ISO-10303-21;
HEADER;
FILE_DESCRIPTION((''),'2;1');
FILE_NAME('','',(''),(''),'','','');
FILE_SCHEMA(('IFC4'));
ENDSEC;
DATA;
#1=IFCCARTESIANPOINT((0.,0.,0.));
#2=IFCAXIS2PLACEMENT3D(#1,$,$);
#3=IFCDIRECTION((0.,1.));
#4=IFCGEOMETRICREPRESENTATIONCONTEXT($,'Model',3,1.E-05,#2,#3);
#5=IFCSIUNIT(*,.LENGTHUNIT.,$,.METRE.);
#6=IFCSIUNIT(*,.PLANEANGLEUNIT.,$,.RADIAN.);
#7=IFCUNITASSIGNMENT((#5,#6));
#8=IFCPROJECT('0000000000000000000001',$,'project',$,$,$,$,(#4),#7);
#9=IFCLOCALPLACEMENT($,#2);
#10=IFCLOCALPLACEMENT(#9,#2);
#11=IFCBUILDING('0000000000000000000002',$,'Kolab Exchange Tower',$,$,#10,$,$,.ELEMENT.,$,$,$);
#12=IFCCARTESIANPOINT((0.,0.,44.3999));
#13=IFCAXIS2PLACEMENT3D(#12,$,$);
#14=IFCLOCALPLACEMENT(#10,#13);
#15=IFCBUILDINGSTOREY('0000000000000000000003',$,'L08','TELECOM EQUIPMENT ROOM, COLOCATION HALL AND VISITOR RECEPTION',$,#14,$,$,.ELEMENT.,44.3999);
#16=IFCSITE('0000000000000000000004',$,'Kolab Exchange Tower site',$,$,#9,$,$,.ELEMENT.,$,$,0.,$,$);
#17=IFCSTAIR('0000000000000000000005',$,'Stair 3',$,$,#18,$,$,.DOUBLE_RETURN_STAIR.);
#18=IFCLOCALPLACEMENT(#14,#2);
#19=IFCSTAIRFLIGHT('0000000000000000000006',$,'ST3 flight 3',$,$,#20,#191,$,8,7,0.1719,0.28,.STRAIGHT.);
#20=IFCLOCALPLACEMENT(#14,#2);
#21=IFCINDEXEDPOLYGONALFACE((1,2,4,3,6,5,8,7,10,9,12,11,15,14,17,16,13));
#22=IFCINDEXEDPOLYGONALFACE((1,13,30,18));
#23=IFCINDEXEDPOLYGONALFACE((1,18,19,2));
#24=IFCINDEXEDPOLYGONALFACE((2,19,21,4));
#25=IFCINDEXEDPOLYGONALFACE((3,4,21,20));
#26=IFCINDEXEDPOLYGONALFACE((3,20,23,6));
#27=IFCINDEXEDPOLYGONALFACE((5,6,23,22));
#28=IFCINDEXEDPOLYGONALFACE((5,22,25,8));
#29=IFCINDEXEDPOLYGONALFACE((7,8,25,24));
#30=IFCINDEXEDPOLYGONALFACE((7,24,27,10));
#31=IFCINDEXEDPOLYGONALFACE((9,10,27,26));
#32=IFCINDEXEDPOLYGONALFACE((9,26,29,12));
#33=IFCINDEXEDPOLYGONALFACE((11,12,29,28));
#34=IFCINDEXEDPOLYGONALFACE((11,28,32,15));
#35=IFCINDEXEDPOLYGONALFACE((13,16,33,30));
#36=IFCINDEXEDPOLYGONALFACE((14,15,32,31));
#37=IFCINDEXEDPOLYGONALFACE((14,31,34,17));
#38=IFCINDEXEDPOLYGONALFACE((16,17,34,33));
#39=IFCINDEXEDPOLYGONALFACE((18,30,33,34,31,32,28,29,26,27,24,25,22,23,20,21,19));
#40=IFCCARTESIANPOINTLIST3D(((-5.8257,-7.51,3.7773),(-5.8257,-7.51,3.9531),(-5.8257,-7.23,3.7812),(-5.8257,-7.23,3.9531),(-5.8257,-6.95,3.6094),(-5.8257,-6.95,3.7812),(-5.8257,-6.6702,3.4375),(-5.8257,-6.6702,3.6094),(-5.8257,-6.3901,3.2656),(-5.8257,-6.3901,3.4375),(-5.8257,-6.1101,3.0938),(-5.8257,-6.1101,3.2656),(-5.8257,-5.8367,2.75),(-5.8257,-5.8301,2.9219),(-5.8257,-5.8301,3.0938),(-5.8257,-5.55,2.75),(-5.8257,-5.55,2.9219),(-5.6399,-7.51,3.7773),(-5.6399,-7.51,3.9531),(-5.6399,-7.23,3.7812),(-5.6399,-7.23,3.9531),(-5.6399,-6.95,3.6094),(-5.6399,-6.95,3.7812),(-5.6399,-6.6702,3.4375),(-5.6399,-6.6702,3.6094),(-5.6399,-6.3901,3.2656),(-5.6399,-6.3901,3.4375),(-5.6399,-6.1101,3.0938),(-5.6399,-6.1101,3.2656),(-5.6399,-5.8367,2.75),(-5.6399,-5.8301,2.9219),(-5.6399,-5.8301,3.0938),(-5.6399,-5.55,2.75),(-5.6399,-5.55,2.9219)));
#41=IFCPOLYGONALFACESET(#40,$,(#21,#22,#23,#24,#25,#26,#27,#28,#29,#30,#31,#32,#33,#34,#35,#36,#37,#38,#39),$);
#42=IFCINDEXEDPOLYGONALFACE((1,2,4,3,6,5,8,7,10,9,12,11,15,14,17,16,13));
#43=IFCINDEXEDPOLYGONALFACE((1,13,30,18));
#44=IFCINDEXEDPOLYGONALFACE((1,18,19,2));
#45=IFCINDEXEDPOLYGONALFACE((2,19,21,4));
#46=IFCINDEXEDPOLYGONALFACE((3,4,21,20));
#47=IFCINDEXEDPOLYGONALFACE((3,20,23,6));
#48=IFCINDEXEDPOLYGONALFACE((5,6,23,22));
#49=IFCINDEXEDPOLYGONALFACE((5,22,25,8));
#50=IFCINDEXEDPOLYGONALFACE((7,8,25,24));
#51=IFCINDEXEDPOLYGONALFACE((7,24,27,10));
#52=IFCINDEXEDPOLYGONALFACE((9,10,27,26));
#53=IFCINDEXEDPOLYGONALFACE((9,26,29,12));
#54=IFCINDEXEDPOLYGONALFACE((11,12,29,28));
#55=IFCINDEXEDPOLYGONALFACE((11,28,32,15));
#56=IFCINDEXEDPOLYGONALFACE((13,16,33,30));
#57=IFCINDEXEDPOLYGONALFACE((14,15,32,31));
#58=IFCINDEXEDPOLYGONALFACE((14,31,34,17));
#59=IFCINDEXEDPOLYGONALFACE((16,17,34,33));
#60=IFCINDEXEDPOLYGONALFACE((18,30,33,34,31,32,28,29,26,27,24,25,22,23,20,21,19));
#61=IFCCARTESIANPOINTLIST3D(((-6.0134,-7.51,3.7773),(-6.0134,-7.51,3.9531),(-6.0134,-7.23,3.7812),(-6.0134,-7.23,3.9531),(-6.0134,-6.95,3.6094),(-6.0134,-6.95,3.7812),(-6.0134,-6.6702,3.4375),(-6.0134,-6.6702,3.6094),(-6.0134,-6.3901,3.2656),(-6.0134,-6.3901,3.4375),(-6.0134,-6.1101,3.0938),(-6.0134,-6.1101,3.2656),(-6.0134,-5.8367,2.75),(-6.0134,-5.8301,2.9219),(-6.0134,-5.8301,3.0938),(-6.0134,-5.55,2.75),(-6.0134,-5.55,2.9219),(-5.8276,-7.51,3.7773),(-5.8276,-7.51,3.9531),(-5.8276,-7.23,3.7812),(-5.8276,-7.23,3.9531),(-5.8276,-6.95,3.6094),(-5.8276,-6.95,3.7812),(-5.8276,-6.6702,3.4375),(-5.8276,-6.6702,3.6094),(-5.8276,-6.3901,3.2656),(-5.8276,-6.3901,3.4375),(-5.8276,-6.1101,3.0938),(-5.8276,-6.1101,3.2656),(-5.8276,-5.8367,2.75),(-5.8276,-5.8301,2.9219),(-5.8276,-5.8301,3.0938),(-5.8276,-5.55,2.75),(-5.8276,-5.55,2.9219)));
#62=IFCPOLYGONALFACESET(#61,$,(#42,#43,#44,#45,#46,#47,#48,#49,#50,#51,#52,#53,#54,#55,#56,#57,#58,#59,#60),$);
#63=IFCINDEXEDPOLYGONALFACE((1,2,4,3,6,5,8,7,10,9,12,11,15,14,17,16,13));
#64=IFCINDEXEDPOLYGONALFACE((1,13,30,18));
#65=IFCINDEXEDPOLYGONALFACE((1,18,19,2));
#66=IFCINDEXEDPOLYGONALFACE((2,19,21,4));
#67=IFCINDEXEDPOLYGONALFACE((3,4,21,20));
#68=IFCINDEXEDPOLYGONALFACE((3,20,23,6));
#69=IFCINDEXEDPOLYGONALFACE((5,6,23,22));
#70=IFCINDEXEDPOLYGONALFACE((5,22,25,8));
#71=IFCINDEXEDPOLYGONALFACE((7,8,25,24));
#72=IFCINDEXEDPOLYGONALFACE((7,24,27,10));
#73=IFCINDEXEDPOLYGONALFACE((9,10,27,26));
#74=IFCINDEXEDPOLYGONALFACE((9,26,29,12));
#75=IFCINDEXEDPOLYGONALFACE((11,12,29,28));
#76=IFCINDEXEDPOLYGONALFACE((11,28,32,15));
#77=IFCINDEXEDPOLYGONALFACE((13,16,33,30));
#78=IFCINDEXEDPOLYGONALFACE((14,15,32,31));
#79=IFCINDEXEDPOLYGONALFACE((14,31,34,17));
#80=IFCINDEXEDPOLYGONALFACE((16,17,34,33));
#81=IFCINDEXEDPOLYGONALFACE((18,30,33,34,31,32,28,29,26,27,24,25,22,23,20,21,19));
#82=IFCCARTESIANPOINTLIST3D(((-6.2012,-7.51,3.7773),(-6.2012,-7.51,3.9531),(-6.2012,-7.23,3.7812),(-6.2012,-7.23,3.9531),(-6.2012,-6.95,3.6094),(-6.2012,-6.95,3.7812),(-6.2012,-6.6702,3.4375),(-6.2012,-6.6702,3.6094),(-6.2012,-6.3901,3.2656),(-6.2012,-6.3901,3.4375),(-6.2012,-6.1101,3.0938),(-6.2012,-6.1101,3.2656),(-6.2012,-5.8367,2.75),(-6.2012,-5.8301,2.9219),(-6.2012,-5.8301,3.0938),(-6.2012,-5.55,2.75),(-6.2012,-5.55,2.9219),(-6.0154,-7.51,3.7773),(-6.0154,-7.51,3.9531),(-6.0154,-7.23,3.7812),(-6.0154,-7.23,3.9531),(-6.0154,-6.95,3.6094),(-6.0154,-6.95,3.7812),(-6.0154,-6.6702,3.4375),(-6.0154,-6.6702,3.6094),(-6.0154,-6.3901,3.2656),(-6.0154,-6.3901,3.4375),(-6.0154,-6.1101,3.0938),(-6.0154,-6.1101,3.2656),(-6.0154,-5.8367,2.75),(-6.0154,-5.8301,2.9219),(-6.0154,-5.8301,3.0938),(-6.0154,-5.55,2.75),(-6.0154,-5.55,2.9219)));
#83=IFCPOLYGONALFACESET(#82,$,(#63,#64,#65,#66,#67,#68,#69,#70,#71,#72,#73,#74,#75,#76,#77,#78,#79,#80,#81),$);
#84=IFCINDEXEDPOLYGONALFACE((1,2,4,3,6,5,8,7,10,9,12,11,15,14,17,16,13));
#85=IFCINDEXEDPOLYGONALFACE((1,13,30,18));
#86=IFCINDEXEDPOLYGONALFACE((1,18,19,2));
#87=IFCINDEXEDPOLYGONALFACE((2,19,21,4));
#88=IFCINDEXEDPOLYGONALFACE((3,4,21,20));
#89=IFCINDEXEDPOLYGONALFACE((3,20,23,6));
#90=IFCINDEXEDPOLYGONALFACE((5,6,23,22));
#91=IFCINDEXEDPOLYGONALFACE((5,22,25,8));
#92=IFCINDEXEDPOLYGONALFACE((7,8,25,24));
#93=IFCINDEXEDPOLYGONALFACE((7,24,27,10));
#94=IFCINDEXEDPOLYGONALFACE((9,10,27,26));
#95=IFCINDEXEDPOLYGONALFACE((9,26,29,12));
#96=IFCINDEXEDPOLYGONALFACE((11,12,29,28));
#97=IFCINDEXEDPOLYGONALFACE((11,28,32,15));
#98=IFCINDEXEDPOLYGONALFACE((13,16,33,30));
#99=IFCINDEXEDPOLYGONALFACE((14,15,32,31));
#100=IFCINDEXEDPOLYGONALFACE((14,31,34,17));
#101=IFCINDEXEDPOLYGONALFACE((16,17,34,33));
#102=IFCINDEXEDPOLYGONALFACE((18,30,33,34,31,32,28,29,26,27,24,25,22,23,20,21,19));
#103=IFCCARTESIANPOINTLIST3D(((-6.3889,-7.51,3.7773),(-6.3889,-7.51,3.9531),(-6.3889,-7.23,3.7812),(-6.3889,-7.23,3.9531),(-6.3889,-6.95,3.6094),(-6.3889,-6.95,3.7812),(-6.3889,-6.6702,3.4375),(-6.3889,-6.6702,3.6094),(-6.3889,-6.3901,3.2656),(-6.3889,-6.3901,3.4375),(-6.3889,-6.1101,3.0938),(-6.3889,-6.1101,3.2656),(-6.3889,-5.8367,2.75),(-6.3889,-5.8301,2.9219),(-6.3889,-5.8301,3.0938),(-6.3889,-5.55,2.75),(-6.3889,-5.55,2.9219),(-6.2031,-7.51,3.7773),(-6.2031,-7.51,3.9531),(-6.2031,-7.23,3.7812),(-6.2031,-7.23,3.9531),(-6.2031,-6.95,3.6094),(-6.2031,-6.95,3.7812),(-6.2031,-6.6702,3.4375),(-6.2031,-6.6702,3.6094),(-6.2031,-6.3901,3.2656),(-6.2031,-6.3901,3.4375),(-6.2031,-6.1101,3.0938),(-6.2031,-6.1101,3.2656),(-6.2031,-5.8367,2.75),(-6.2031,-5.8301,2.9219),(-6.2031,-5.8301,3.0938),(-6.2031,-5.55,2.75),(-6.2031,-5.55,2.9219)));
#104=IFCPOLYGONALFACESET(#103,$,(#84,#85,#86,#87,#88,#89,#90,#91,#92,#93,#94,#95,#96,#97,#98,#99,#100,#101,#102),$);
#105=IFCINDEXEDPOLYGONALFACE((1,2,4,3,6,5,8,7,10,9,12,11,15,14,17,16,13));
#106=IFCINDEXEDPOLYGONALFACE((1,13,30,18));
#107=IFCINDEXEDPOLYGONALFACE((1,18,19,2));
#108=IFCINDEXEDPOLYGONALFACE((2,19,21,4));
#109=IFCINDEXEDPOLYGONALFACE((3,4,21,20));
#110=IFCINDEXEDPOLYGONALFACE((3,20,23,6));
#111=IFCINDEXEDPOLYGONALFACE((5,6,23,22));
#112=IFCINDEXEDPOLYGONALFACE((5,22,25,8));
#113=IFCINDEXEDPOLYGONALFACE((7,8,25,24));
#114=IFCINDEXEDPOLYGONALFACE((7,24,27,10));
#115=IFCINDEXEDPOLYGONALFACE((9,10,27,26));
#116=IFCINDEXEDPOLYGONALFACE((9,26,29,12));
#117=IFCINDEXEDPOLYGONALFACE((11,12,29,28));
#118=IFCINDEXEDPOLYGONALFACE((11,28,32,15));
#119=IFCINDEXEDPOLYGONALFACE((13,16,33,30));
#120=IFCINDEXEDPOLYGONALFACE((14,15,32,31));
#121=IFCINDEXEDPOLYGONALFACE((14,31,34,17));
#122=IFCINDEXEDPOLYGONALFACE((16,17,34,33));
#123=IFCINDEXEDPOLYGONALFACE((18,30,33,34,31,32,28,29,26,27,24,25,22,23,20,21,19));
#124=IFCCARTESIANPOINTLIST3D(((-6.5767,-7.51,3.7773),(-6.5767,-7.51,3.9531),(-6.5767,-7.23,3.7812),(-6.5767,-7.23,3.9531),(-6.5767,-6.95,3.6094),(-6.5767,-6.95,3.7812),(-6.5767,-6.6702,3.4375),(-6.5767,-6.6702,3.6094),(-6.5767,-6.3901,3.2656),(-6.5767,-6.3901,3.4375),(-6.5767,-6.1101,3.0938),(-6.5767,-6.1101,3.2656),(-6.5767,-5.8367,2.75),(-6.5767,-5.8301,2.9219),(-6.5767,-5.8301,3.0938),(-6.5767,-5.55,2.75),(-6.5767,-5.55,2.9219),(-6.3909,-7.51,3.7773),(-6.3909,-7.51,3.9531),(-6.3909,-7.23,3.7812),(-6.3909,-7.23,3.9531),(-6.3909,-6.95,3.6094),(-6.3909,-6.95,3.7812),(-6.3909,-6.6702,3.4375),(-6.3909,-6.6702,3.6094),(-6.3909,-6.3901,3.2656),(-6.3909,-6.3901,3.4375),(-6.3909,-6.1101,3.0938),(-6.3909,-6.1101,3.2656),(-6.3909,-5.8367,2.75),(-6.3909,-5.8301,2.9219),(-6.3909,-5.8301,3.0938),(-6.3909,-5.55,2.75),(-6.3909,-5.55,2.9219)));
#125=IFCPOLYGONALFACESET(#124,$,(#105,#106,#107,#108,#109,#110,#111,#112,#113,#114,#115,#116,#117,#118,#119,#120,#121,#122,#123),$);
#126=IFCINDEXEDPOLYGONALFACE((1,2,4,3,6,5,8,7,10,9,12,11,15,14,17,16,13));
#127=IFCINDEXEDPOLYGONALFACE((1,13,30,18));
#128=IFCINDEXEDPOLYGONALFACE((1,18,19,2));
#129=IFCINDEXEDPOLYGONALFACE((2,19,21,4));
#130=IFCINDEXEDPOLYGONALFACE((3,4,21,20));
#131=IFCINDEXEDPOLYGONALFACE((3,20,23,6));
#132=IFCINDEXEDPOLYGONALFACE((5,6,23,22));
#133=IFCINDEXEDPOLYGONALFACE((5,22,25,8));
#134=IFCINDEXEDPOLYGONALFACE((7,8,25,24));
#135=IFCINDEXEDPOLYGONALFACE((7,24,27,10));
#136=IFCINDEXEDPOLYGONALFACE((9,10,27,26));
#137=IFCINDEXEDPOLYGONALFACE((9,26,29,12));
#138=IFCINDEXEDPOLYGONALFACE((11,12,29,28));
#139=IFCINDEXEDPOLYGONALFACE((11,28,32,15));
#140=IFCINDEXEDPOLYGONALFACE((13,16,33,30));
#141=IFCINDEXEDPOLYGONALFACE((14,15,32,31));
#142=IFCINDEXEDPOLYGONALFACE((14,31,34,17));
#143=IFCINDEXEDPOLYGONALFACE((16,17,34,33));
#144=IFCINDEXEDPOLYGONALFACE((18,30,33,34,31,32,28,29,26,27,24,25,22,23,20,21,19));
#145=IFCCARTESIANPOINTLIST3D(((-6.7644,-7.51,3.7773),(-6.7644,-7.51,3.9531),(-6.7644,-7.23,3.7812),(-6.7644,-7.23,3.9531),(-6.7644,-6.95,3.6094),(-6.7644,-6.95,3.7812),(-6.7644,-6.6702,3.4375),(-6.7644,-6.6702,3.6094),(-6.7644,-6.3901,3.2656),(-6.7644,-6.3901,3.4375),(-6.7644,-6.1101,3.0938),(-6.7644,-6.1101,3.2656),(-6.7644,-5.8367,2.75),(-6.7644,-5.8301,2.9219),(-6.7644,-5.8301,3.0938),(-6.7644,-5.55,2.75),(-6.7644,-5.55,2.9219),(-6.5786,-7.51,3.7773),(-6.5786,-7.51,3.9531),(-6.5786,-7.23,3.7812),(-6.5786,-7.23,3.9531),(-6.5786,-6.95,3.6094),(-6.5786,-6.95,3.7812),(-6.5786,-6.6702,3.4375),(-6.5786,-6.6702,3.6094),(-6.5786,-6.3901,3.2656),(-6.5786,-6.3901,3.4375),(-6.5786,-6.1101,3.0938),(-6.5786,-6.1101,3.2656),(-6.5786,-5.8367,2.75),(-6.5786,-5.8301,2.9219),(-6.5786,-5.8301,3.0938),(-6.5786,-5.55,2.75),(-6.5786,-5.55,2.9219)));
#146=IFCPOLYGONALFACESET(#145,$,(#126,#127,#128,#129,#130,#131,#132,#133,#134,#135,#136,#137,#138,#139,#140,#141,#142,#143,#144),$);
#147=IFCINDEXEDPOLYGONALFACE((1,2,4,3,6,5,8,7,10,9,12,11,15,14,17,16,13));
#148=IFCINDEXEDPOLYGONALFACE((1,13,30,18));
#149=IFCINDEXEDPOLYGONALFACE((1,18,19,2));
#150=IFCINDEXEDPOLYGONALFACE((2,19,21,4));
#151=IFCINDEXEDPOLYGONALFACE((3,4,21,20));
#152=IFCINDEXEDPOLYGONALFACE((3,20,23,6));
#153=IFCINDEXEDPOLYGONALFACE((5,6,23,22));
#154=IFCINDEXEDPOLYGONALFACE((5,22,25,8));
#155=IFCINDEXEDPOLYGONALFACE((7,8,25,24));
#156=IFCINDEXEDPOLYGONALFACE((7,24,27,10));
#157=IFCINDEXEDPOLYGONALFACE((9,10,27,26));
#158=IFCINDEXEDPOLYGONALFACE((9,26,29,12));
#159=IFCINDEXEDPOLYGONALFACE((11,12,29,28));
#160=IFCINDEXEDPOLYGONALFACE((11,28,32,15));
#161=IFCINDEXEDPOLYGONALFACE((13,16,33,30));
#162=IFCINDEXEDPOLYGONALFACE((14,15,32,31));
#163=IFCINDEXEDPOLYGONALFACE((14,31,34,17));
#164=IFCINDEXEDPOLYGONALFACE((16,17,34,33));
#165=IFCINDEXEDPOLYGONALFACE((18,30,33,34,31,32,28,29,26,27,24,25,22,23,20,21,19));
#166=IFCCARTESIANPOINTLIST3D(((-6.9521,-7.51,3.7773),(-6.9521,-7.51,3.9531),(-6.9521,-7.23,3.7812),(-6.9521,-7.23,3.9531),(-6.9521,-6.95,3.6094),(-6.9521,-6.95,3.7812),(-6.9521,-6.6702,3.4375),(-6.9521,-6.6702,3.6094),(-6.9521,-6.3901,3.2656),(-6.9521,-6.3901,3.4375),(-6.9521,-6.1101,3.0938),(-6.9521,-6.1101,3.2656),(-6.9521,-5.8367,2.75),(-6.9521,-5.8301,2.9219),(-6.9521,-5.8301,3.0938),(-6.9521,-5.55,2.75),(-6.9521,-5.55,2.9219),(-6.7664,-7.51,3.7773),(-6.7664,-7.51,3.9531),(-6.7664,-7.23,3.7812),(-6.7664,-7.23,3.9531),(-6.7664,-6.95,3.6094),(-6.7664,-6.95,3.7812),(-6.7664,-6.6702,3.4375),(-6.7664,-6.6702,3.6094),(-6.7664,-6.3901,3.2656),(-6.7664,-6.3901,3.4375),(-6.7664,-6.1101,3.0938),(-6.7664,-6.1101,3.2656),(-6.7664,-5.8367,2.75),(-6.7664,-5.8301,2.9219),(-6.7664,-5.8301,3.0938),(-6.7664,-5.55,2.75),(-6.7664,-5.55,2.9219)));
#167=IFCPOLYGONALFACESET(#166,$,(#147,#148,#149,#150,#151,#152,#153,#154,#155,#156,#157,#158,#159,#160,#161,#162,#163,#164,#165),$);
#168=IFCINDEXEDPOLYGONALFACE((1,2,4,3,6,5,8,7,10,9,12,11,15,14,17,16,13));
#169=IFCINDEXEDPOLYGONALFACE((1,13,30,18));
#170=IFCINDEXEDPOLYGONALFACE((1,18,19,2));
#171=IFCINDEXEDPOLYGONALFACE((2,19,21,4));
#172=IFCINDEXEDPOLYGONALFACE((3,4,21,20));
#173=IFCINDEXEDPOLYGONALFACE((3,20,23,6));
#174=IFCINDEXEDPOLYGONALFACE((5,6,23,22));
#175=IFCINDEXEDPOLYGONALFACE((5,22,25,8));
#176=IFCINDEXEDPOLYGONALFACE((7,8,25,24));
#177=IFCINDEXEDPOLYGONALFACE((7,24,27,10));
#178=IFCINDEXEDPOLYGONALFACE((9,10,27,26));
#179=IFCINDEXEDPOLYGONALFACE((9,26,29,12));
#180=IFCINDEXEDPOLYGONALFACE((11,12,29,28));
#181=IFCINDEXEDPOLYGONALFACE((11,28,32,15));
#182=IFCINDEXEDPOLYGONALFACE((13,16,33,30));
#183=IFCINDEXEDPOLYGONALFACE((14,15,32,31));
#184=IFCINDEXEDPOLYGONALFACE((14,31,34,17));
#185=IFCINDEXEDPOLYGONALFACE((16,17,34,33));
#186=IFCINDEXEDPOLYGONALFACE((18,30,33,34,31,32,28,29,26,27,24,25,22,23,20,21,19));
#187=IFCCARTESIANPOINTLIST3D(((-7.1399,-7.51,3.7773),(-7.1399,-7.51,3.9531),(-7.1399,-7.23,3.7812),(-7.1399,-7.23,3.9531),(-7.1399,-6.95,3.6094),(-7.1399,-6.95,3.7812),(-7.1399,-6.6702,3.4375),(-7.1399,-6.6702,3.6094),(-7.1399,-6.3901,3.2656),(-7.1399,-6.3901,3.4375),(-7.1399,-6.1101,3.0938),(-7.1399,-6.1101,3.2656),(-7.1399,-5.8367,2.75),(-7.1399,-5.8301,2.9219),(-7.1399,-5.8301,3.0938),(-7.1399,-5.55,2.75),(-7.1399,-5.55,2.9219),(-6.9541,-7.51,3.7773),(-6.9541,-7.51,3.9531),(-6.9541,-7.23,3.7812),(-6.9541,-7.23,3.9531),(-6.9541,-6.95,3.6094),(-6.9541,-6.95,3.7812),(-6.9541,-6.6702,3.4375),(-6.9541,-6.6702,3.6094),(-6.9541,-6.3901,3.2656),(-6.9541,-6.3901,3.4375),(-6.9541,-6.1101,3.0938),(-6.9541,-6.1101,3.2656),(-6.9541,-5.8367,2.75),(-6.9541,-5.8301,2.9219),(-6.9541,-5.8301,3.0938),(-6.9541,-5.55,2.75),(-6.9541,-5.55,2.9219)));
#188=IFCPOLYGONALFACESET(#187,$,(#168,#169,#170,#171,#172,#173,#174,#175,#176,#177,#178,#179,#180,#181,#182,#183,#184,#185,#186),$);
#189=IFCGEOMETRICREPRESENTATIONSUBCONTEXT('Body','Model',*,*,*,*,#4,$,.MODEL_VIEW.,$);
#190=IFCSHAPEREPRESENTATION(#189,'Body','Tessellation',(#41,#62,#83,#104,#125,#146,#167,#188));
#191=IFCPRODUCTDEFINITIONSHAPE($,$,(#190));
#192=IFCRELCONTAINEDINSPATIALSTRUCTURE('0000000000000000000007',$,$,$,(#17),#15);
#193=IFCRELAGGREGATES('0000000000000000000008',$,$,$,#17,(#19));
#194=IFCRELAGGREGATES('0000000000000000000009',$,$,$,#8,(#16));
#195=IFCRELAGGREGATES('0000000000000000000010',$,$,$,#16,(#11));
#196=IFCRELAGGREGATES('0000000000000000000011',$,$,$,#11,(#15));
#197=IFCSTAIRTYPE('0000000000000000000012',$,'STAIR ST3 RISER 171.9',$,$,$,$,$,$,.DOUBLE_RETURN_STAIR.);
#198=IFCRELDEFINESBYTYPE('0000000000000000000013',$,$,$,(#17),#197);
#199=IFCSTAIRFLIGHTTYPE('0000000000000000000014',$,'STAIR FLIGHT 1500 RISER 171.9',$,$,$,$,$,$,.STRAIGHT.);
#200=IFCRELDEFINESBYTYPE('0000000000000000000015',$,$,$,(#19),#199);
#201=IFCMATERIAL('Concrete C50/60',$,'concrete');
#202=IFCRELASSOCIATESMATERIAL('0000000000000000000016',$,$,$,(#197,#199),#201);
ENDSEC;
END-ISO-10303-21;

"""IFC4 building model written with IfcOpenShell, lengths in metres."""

from ifc_helpers import new_model, si_unit, direction, frame, origin, place, context, subcontext, project, spatial, polyline, outline, extrude, material, type_object, element, aggregate, save


model = new_model("IFC4")

# Units and contexts
model_context = context("Model", 3, precision=1e-05, world=origin(), true_north=direction((0.0, 1.0)))
body_context = subcontext(model_context, "Body", "Model", "MODEL_VIEW")
ifc_project = project(units=[si_unit("LENGTHUNIT", "METRE"), si_unit("PLANEANGLEUNIT", "RADIAN")], contexts=[model_context])

# Site, building, storey
site_placement = place(None, origin())
site = spatial("IfcSite", under=ifc_project, at=site_placement, Name="Kolab Exchange Tower site", CompositionType="ELEMENT", RefElevation=0.0)
building_placement = place(site_placement, origin())
building = spatial("IfcBuilding", under=site, at=building_placement, Name="Kolab Exchange Tower", CompositionType="ELEMENT")
storey_placement = place(building_placement, frame((0.0, 0.0, 44.3999)))
storey = spatial("IfcBuildingStorey", under=building, at=storey_placement, Name="L08", Description="TELECOM EQUIPMENT ROOM, COLOCATION HALL AND VISITOR RECEPTION", CompositionType="ELEMENT", Elevation=44.3999)

# Shared definitions
ifc_material_1 = material(Name="Concrete C50/60", Category="concrete")

# Stair, stair flight
stair_type = type_object("IfcStairType", Name="STAIR ST3 RISER 171.9", PredefinedType="DOUBLE_RETURN_STAIR", material=ifc_material_1)
stair_placement = place(storey_placement, origin())
stair = element("IfcStair", 1, at=stair_placement, inside=storey, type_object=stair_type, Name="Stair 3", PredefinedType="DOUBLE_RETURN_STAIR")
stair_flight_type = type_object("IfcStairFlightType", Name="STAIR FLIGHT 1500 RISER 171.9", PredefinedType="STRAIGHT", material=ifc_material_1)
stair_flight_1_placement = place(storey_placement, frame((-6.3899, -5.55, 2.75), z_axis=(0.0, 0.0, 1.0), x_axis=(0.0, -1.0, 0.0)))
stair_flight_1 = element("IfcStairFlight", 2, at=stair_flight_1_placement, type_object=stair_flight_type, Name="ST3 flight 3", NumberOfRisers=8, NumberOfTreads=7, PredefinedType="STRAIGHT", RiserHeight=0.1719, TreadLength=0.28, context=body_context, shape_type="SweptSolid", body=[
    extrude(outline(polyline([(0.0, 0.0), (0.0, 0.1719), (0.28, 0.1719), (0.28, 0.3438), (0.5601, 0.3438), (0.5601, 0.5156), (0.8401, 0.5156), (0.8401, 0.6875), (1.1201, 0.6875), (1.1201, 0.8594), (1.3999, 0.8594), (1.3999, 1.0312), (1.6799, 1.0312), (1.6799, 1.2031), (1.96, 1.2031), (1.96, 1.375), (1.96, 1.0273), (0.2866, 0.0), (0.0, 0.0)])), frame((0.0, 0.75, 0.0), z_axis=(0.0, -1.0, 0.0), x_axis=(1.0, 0.0, 0.0)), (0.0, 0.0, 1.0), 0.1858),
    extrude(outline(polyline([(0.0, 0.0), (0.0, 0.1719), (0.28, 0.1719), (0.28, 0.3438), (0.5601, 0.3438), (0.5601, 0.5156), (0.8401, 0.5156), (0.8401, 0.6875), (1.1201, 0.6875), (1.1201, 0.8594), (1.3999, 0.8594), (1.3999, 1.0312), (1.6799, 1.0312), (1.6799, 1.2031), (1.96, 1.2031), (1.96, 1.375), (1.96, 1.0273), (0.2866, 0.0), (0.0, 0.0)])), frame((0.0, 0.5623, 0.0), z_axis=(0.0, -1.0, 0.0), x_axis=(1.0, 0.0, 0.0)), (0.0, 0.0, 1.0), 0.1858),
    extrude(outline(polyline([(0.0, 0.0), (0.0, 0.1719), (0.28, 0.1719), (0.28, 0.3438), (0.5601, 0.3438), (0.5601, 0.5156), (0.8401, 0.5156), (0.8401, 0.6875), (1.1201, 0.6875), (1.1201, 0.8594), (1.3999, 0.8594), (1.3999, 1.0312), (1.6799, 1.0312), (1.6799, 1.2031), (1.96, 1.2031), (1.96, 1.375), (1.96, 1.0273), (0.2866, 0.0), (0.0, 0.0)])), frame((0.0, 0.3745, 0.0), z_axis=(0.0, -1.0, 0.0), x_axis=(1.0, 0.0, 0.0)), (0.0, 0.0, 1.0), 0.1858),
    extrude(outline(polyline([(0.0, 0.0), (0.0, 0.1719), (0.28, 0.1719), (0.28, 0.3438), (0.5601, 0.3438), (0.5601, 0.5156), (0.8401, 0.5156), (0.8401, 0.6875), (1.1201, 0.6875), (1.1201, 0.8594), (1.3999, 0.8594), (1.3999, 1.0312), (1.6799, 1.0312), (1.6799, 1.2031), (1.96, 1.2031), (1.96, 1.375), (1.96, 1.0273), (0.2866, 0.0), (0.0, 0.0)])), frame((0.0, 0.1868, 0.0), z_axis=(0.0, -1.0, 0.0), x_axis=(1.0, 0.0, 0.0)), (0.0, 0.0, 1.0), 0.1858),
    extrude(outline(polyline([(0.0, 0.0), (0.0, 0.1719), (0.28, 0.1719), (0.28, 0.3438), (0.5601, 0.3438), (0.5601, 0.5156), (0.8401, 0.5156), (0.8401, 0.6875), (1.1201, 0.6875), (1.1201, 0.8594), (1.3999, 0.8594), (1.3999, 1.0312), (1.6799, 1.0312), (1.6799, 1.2031), (1.96, 1.2031), (1.96, 1.375), (1.96, 1.0273), (0.2866, 0.0), (0.0, 0.0)])), frame((0.0, -0.001, 0.0), z_axis=(0.0, -1.0, 0.0), x_axis=(1.0, 0.0, 0.0)), (0.0, 0.0, 1.0), 0.1858),
    extrude(outline(polyline([(0.0, 0.0), (0.0, 0.1719), (0.28, 0.1719), (0.28, 0.3438), (0.5601, 0.3438), (0.5601, 0.5156), (0.8401, 0.5156), (0.8401, 0.6875), (1.1201, 0.6875), (1.1201, 0.8594), (1.3999, 0.8594), (1.3999, 1.0312), (1.6799, 1.0312), (1.6799, 1.2031), (1.96, 1.2031), (1.96, 1.375), (1.96, 1.0273), (0.2866, 0.0), (0.0, 0.0)])), frame((0.0, -0.1887, 0.0), z_axis=(0.0, -1.0, 0.0), x_axis=(1.0, 0.0, 0.0)), (0.0, 0.0, 1.0), 0.1858),
    extrude(outline(polyline([(0.0, 0.0), (0.0, 0.1719), (0.28, 0.1719), (0.28, 0.3438), (0.5601, 0.3438), (0.5601, 0.5156), (0.8401, 0.5156), (0.8401, 0.6875), (1.1201, 0.6875), (1.1201, 0.8594), (1.3999, 0.8594), (1.3999, 1.0312), (1.6799, 1.0312), (1.6799, 1.2031), (1.96, 1.2031), (1.96, 1.375), (1.96, 1.0273), (0.2866, 0.0), (0.0, 0.0)])), frame((0.0, -0.3765, 0.0), z_axis=(0.0, -1.0, 0.0), x_axis=(1.0, 0.0, 0.0)), (0.0, 0.0, 1.0), 0.1858),
    extrude(outline(polyline([(0.0, 0.0), (0.0, 0.1719), (0.28, 0.1719), (0.28, 0.3438), (0.5601, 0.3438), (0.5601, 0.5156), (0.8401, 0.5156), (0.8401, 0.6875), (1.1201, 0.6875), (1.1201, 0.8594), (1.3999, 0.8594), (1.3999, 1.0312), (1.6799, 1.0312), (1.6799, 1.2031), (1.96, 1.2031), (1.96, 1.375), (1.96, 1.0273), (0.2866, 0.0), (0.0, 0.0)])), frame((0.0, -0.5642, 0.0), z_axis=(0.0, -1.0, 0.0), x_axis=(1.0, 0.0, 0.0)), (0.0, 0.0, 1.0), 0.1858),
])
aggregate(stair, [stair_flight_1])

save(model, "model.ifc")
